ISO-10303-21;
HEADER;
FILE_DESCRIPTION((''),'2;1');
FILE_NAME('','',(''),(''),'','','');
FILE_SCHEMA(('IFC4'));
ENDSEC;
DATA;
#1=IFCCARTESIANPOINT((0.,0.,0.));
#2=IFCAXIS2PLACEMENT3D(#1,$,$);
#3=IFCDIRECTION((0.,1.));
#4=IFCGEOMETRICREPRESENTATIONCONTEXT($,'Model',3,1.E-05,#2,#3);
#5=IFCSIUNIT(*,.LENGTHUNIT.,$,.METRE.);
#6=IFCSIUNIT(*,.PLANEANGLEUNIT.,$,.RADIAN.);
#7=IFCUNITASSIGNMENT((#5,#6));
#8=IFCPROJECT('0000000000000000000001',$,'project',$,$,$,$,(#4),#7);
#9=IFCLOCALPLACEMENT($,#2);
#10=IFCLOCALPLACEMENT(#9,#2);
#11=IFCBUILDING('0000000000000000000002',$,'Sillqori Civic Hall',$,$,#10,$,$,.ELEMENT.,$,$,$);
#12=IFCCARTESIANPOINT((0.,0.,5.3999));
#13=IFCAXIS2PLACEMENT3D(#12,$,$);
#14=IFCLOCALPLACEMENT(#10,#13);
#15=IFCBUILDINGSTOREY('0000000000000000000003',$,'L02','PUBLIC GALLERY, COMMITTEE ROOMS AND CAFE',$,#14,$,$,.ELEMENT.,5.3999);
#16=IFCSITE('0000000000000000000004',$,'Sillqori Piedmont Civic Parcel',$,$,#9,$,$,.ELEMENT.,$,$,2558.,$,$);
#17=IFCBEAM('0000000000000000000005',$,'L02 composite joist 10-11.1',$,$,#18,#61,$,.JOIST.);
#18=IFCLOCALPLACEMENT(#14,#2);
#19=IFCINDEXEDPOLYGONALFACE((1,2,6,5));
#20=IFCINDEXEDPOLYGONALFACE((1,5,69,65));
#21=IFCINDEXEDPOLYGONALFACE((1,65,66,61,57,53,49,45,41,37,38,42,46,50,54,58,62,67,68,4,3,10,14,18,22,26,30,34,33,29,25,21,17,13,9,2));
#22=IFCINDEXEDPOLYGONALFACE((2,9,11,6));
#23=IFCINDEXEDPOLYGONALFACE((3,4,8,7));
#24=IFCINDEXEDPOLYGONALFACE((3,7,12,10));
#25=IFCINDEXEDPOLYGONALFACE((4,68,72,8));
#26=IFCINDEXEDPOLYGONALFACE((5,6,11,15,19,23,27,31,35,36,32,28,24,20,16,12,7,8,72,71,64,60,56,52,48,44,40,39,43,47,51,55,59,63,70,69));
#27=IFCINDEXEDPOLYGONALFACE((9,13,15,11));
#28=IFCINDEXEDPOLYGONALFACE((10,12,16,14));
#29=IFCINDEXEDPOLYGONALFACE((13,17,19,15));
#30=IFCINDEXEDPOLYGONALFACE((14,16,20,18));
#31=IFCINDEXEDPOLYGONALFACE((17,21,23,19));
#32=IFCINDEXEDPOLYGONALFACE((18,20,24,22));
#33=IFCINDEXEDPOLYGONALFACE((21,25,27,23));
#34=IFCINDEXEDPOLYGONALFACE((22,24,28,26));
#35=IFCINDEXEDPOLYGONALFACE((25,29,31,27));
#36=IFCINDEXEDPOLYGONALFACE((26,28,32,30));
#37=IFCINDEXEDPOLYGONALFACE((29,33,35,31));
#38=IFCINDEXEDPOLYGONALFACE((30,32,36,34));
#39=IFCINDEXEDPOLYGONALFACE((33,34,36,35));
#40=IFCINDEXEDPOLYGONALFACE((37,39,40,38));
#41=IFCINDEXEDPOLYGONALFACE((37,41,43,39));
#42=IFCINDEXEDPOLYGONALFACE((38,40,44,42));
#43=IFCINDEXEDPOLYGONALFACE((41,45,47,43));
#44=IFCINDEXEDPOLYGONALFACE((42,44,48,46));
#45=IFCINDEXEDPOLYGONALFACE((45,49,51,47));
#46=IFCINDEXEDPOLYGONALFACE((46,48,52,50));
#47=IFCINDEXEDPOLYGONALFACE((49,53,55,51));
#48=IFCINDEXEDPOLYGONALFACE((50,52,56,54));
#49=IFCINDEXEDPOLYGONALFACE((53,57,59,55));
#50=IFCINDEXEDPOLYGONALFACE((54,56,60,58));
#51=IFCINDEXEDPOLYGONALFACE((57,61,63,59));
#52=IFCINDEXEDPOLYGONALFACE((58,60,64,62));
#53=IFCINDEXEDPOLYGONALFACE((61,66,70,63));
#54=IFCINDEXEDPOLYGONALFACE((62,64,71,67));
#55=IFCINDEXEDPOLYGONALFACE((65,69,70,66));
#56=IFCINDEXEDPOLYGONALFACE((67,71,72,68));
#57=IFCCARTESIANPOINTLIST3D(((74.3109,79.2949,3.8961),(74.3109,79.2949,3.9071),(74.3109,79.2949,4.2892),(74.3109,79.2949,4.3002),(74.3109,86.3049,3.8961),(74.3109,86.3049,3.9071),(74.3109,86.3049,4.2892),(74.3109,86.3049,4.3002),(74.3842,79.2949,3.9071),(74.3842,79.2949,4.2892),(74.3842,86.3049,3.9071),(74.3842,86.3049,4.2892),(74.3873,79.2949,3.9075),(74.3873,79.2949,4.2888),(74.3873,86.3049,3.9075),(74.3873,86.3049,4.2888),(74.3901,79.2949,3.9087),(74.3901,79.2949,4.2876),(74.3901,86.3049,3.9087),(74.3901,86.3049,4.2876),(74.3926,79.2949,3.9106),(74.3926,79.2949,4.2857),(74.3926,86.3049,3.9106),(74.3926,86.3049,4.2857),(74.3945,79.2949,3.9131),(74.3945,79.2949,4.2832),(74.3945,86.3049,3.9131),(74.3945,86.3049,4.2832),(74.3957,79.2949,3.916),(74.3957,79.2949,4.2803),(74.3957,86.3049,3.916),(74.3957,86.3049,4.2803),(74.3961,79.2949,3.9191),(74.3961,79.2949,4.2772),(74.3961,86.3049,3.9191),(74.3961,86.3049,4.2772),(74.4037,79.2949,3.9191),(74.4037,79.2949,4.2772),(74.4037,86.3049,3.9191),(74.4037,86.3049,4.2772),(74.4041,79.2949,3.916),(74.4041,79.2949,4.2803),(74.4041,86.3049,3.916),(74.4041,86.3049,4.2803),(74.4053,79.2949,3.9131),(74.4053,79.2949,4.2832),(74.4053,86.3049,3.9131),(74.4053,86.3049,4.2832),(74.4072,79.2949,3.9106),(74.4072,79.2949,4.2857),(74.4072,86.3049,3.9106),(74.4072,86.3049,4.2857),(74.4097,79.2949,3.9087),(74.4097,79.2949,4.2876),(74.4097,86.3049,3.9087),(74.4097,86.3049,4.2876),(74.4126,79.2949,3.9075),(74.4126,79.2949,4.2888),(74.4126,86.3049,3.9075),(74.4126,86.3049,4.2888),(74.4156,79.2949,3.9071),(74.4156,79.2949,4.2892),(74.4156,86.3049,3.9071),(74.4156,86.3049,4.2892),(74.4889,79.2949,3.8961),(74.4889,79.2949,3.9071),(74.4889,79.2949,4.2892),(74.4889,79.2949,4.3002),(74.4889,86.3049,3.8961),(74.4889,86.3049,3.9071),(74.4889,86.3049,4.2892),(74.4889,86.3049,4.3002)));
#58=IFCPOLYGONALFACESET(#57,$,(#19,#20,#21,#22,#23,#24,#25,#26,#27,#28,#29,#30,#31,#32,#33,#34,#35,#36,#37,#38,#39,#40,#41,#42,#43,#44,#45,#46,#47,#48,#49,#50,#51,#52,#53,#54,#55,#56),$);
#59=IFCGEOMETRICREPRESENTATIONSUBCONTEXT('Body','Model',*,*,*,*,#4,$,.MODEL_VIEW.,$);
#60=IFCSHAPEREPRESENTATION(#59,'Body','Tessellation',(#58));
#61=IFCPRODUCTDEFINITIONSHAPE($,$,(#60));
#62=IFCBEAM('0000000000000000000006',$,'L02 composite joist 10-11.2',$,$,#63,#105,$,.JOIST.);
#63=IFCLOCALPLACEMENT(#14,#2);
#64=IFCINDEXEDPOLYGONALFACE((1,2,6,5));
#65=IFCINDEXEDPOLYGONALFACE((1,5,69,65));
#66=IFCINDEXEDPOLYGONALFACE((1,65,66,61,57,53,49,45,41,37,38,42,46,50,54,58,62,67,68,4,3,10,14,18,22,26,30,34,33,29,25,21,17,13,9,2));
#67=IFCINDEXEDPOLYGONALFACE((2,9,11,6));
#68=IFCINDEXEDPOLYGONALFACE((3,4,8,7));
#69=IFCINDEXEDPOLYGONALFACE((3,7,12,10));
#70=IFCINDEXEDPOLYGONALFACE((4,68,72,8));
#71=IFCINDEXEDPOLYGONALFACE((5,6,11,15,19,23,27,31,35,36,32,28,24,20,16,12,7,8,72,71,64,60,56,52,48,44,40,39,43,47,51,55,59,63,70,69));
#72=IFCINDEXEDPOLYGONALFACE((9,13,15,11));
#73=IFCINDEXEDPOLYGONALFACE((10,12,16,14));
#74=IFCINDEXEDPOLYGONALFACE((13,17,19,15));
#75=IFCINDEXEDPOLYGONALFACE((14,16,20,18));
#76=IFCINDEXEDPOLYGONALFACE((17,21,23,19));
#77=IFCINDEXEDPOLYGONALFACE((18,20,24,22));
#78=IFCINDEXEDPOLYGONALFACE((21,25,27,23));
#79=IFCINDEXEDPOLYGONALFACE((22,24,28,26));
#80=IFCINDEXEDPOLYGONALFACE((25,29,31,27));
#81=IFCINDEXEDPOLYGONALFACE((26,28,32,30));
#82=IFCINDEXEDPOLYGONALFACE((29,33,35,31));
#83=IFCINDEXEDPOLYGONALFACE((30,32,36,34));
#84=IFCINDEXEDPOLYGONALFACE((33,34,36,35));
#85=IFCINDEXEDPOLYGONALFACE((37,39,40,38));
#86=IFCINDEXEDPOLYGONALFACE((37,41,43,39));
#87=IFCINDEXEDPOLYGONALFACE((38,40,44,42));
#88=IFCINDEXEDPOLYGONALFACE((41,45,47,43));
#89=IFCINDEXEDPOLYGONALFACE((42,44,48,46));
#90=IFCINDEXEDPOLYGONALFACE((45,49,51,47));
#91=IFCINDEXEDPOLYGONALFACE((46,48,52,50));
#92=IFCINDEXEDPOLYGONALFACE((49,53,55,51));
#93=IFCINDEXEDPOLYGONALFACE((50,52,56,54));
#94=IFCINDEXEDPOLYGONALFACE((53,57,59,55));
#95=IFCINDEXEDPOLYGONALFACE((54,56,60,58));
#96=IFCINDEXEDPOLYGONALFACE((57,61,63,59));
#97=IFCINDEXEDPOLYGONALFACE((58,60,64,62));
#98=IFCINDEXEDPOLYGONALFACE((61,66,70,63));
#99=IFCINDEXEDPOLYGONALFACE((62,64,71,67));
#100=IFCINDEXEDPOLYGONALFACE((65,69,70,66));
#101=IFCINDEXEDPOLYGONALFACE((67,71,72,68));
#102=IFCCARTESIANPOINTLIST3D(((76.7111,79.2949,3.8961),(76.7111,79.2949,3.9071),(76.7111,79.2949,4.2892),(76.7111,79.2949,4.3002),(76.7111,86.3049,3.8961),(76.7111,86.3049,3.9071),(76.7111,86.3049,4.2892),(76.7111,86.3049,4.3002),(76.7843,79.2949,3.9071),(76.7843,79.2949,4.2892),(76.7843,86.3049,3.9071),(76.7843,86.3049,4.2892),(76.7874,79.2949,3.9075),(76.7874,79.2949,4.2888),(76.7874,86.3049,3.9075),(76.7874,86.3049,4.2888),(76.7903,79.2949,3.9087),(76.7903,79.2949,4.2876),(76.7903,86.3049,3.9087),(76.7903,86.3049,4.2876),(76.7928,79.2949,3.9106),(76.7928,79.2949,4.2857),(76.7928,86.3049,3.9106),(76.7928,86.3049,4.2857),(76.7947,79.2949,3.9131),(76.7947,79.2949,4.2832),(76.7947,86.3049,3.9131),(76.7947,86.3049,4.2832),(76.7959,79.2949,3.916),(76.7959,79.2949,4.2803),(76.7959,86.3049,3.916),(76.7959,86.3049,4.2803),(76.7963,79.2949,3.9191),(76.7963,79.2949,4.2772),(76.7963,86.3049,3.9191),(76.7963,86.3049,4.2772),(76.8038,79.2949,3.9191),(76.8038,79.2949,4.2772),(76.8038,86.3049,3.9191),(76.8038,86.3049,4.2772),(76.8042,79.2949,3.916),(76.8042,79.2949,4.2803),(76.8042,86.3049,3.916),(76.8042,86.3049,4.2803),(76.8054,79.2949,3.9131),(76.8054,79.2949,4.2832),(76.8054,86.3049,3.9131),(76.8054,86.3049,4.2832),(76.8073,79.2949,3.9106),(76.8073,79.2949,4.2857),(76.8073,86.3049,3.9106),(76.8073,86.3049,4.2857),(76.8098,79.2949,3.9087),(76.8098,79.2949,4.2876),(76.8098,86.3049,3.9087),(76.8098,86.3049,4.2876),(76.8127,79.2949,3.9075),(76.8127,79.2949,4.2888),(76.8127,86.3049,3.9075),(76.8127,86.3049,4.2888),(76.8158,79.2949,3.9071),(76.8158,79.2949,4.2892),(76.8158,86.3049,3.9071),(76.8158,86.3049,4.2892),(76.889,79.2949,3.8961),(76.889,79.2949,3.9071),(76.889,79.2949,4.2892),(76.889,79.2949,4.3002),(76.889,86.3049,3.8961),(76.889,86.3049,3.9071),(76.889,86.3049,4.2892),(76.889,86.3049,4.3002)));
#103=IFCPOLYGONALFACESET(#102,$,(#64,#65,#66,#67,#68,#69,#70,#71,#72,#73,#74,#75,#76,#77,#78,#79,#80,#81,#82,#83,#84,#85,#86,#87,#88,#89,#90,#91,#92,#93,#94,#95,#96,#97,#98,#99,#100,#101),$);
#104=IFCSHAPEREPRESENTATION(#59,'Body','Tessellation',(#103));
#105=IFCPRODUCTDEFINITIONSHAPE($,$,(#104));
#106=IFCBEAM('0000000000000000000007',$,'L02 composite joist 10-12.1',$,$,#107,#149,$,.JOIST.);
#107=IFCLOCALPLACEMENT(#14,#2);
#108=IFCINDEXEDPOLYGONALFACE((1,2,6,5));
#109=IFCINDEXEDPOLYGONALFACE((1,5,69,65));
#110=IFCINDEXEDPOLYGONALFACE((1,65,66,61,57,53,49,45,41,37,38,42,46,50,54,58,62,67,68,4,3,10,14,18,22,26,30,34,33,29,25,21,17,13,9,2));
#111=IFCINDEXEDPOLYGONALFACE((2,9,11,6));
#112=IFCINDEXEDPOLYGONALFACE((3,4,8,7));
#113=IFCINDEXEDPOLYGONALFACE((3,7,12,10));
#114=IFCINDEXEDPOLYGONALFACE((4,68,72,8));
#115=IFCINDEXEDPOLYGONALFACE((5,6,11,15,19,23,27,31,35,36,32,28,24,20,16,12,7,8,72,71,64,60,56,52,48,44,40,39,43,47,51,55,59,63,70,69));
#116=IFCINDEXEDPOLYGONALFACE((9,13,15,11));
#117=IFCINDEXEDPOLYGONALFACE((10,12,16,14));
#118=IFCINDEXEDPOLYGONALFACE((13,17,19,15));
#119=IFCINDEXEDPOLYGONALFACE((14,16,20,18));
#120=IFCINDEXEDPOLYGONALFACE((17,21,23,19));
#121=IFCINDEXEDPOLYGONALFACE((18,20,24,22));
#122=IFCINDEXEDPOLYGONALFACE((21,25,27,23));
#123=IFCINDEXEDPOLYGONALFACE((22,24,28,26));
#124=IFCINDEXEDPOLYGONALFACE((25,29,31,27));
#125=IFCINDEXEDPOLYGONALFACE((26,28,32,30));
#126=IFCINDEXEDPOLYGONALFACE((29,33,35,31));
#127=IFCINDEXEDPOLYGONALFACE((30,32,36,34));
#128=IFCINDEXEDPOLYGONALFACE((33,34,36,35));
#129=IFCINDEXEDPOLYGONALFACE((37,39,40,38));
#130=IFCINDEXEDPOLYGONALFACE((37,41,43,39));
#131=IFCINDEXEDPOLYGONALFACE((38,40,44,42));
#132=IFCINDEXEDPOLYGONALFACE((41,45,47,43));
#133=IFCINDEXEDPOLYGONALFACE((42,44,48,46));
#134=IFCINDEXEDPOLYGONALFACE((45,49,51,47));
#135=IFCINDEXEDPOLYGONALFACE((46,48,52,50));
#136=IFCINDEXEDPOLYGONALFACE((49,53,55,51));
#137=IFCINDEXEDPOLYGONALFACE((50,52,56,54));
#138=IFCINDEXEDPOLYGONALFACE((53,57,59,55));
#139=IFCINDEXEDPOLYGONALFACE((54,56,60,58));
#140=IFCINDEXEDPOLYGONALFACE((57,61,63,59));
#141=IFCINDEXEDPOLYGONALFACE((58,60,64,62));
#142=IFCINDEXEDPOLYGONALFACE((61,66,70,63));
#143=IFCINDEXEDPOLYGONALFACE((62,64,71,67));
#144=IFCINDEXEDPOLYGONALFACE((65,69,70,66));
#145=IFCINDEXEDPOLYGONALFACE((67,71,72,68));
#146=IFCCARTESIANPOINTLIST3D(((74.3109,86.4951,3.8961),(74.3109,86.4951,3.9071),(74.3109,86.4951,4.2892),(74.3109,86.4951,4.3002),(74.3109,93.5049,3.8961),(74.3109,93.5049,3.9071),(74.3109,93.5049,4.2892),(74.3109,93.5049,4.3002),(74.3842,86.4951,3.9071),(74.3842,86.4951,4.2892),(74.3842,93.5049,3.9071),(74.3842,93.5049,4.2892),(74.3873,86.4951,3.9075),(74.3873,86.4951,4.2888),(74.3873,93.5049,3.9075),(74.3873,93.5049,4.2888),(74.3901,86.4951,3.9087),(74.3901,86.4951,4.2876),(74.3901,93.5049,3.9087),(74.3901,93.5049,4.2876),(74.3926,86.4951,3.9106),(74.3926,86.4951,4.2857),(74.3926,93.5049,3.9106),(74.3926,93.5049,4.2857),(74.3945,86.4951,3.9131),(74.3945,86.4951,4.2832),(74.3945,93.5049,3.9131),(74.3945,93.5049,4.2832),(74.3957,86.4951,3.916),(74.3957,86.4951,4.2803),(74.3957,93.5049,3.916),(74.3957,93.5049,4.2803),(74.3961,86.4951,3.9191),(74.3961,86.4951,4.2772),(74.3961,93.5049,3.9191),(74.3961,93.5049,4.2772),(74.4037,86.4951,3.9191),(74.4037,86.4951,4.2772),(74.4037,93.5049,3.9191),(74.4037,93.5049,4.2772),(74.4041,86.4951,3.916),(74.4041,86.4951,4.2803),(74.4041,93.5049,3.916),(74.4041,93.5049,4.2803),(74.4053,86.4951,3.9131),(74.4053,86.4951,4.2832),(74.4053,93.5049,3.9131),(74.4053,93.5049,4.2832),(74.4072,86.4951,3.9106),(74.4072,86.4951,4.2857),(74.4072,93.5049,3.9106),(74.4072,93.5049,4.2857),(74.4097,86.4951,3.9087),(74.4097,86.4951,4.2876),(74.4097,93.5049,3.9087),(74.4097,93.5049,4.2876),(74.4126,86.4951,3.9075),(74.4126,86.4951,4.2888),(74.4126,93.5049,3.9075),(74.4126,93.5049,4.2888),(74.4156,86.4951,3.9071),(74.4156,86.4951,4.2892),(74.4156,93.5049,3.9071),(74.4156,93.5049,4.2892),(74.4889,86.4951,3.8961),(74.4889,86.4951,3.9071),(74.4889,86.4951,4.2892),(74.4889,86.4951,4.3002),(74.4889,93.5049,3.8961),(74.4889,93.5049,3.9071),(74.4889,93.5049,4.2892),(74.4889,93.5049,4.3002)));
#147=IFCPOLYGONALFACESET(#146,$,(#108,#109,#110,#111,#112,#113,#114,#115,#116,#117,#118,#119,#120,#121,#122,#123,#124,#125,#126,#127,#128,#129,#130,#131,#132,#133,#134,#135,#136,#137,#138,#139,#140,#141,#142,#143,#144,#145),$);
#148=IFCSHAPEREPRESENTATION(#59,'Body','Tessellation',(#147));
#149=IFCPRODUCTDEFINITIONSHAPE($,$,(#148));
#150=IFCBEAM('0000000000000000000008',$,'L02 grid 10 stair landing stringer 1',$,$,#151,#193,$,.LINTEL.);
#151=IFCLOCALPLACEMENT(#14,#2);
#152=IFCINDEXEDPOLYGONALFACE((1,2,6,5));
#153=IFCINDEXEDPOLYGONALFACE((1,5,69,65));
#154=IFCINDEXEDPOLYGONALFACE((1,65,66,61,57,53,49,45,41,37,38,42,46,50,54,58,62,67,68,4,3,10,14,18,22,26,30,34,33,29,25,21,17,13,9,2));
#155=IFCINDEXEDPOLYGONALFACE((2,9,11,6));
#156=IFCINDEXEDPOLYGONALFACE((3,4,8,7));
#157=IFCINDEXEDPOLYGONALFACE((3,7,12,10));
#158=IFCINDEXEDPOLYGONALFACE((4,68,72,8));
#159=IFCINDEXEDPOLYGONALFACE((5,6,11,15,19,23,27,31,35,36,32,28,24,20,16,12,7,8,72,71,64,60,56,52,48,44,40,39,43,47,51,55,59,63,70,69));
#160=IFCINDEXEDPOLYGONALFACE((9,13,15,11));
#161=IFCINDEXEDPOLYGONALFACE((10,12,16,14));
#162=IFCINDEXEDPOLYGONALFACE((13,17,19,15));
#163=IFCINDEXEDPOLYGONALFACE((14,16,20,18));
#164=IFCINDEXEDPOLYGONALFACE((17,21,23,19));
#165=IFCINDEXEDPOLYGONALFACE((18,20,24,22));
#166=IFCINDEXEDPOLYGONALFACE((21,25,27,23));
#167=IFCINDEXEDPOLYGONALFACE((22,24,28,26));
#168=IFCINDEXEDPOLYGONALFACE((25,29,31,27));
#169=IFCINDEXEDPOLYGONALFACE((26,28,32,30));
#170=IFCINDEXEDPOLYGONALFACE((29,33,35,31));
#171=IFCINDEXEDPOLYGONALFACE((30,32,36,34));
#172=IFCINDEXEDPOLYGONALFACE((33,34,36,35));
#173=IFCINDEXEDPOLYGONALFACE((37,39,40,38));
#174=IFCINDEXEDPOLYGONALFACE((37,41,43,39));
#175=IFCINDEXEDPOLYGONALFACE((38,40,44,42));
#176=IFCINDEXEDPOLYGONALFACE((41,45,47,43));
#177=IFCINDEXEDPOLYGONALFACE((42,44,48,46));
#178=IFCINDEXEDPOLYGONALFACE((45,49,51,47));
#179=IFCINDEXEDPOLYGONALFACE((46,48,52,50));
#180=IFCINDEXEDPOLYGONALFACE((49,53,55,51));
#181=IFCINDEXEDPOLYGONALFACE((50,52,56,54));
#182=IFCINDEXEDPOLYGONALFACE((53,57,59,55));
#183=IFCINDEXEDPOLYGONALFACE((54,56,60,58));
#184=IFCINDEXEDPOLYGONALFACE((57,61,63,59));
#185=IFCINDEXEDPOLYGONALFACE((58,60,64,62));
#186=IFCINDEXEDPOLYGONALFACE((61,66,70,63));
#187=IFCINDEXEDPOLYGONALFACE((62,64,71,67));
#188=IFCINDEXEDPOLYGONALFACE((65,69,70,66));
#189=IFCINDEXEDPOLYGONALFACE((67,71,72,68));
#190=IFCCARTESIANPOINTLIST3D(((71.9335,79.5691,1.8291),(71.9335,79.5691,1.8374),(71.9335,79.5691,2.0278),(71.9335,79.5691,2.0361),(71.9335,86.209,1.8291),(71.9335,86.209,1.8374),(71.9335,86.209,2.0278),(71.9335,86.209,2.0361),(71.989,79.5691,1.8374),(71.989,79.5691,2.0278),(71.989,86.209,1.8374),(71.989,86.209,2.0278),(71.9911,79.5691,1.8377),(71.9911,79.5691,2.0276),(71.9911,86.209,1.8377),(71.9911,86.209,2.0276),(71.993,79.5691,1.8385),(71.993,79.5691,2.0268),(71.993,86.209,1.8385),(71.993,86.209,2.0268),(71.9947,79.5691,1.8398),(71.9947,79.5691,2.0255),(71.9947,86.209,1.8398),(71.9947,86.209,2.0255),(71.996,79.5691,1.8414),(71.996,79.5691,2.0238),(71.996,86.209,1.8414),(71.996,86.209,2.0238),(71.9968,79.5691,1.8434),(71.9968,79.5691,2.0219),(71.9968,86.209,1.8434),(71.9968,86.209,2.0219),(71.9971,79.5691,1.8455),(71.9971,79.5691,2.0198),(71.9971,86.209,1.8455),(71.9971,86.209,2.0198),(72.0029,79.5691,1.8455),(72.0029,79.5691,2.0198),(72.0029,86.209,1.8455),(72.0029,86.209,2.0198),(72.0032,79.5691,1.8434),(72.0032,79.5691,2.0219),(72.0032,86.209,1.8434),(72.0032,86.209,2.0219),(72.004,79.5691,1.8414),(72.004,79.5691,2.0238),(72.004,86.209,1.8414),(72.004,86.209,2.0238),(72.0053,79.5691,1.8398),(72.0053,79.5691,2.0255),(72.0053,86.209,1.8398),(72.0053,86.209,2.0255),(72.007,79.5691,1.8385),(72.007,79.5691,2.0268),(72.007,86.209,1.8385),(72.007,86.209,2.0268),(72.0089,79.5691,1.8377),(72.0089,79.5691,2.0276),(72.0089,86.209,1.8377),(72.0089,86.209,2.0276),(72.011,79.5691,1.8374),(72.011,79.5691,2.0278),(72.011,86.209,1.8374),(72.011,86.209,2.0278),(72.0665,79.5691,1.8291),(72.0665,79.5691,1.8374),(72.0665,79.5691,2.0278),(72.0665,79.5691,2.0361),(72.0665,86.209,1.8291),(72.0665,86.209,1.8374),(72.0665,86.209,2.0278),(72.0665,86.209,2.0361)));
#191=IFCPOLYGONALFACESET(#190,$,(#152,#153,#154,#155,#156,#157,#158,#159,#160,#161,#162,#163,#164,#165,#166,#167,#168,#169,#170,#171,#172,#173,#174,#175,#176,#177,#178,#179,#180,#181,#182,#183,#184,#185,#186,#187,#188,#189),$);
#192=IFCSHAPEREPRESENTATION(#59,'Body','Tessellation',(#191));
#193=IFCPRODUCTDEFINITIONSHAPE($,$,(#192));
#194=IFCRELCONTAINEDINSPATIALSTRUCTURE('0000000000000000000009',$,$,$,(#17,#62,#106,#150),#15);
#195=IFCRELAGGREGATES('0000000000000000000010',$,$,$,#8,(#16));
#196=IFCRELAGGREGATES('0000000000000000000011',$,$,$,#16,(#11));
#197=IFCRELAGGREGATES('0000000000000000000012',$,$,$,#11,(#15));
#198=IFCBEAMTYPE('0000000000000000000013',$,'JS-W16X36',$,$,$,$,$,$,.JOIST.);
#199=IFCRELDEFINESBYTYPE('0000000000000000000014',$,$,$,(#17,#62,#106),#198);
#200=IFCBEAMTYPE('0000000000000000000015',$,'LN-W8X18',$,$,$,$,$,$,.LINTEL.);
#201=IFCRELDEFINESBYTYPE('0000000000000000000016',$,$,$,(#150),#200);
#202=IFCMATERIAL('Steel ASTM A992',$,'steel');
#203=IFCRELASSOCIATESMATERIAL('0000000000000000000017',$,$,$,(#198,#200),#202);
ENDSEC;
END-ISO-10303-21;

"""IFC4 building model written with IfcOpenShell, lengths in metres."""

from ifc_helpers import new_model, si_unit, direction, frame, origin, origin_2d, place, context, subcontext, project, spatial, i_section, extrude, material, material_profile, profile_set, type_object, element, save


model = new_model("IFC4")

# Units and contexts
model_context = context("Model", 3, precision=1e-05, world=origin(), true_north=direction((0.0, 1.0)))
body_context = subcontext(model_context, "Body", "Model", "MODEL_VIEW")
ifc_project = project(units=[si_unit("LENGTHUNIT", "METRE"), si_unit("PLANEANGLEUNIT", "RADIAN")], contexts=[model_context])

# Site, building, storey
site_placement = place(None, origin())
site = spatial("IfcSite", under=ifc_project, at=site_placement, Name="Sillqori Piedmont Civic Parcel", CompositionType="ELEMENT", RefElevation=2558.0)
building_placement = place(site_placement, origin())
building = spatial("IfcBuilding", under=site, at=building_placement, Name="Sillqori Civic Hall", CompositionType="ELEMENT")
storey_placement = place(building_placement, frame((0.0, 0.0, 5.3999)))
storey = spatial("IfcBuildingStorey", under=building, at=storey_placement, Name="L02", Description="PUBLIC GALLERY, COMMITTEE ROOMS AND CAFE", CompositionType="ELEMENT", Elevation=5.3999)

# Shared definitions
ifc_material_1 = material(Name="Steel ASTM A992", Category="steel")

# Beams
ifc_material_profile_1 = material_profile(ifc_material_1, i_section(OverallWidth=0.178, OverallDepth=0.4041, WebThickness=0.0076, FlangeThickness=0.011, FilletRadius=0.012, at=origin_2d()), Name="W16X36")
ifc_profile_set_1 = profile_set([ifc_material_profile_1], Name="Steel ASTM A992")
beam_type_1 = type_object("IfcBeamType", Name="JS-W16X36", PredefinedType="JOIST", material=ifc_profile_set_1)
for number, where, z_axis, x_axis, name in (
    (1, (74.3999, 79.2949, 4.0981), (0.0, 1.0, 0.0), (-1.0, 0.0, 0.0), "L02 composite joist 10-11.1"),
    (2, (76.8, 79.2949, 4.0981), (0.0, 1.0, 0.0), (-1.0, 0.0, 0.0), "L02 composite joist 10-11.2"),
):
    element("IfcBeam", number, at=place(storey_placement, frame(where, z_axis=z_axis, x_axis=x_axis)), inside=storey, type_object=beam_type_1, Name=name, PredefinedType="JOIST", context=body_context, shape_type="SweptSolid", body=[
        extrude(i_section(OverallWidth=0.178, OverallDepth=0.4041, WebThickness=0.0076, FlangeThickness=0.011, FilletRadius=0.012, at=origin_2d()), origin(), (0.0, 0.0, 1.0), 7.01),
    ])
beam_1_placement = place(storey_placement, frame((74.3999, 86.4951, 4.0981), z_axis=(0.0, 1.0, 0.0), x_axis=(-1.0, 0.0, 0.0)))
element("IfcBeam", 3, at=beam_1_placement, inside=storey, type_object=beam_type_1, Name="L02 composite joist 10-12.1", PredefinedType="JOIST", context=body_context, shape_type="SweptSolid", body=[
    extrude(i_section(OverallWidth=0.178, OverallDepth=0.4041, WebThickness=0.0076, FlangeThickness=0.011, FilletRadius=0.012, at=origin_2d()), origin(), (0.0, 0.0, 1.0), 7.0098),
])
ifc_material_profile_2 = material_profile(ifc_material_1, i_section(OverallWidth=0.1331, OverallDepth=0.207, WebThickness=0.0059, FlangeThickness=0.0083, FilletRadius=0.0081, at=origin_2d()), Name="W8X18")
ifc_profile_set_2 = profile_set([ifc_material_profile_2], Name="Steel ASTM A992")
beam_type_2 = type_object("IfcBeamType", Name="LN-W8X18", PredefinedType="LINTEL", material=ifc_profile_set_2)
beam_2_placement = place(storey_placement, frame((72.0, 79.5691, 1.9326), z_axis=(0.0, 1.0, 0.0), x_axis=(-1.0, 0.0, 0.0)))
element("IfcBeam", 4, at=beam_2_placement, inside=storey, type_object=beam_type_2, Name="L02 grid 10 stair landing stringer 1", PredefinedType="LINTEL", context=body_context, shape_type="SweptSolid", body=[
    extrude(i_section(OverallWidth=0.1331, OverallDepth=0.207, WebThickness=0.0059, FlangeThickness=0.0083, FilletRadius=0.0081, at=origin_2d()), origin(), (0.0, 0.0, 1.0), 6.6399),
])

save(model, "model.ifc")
